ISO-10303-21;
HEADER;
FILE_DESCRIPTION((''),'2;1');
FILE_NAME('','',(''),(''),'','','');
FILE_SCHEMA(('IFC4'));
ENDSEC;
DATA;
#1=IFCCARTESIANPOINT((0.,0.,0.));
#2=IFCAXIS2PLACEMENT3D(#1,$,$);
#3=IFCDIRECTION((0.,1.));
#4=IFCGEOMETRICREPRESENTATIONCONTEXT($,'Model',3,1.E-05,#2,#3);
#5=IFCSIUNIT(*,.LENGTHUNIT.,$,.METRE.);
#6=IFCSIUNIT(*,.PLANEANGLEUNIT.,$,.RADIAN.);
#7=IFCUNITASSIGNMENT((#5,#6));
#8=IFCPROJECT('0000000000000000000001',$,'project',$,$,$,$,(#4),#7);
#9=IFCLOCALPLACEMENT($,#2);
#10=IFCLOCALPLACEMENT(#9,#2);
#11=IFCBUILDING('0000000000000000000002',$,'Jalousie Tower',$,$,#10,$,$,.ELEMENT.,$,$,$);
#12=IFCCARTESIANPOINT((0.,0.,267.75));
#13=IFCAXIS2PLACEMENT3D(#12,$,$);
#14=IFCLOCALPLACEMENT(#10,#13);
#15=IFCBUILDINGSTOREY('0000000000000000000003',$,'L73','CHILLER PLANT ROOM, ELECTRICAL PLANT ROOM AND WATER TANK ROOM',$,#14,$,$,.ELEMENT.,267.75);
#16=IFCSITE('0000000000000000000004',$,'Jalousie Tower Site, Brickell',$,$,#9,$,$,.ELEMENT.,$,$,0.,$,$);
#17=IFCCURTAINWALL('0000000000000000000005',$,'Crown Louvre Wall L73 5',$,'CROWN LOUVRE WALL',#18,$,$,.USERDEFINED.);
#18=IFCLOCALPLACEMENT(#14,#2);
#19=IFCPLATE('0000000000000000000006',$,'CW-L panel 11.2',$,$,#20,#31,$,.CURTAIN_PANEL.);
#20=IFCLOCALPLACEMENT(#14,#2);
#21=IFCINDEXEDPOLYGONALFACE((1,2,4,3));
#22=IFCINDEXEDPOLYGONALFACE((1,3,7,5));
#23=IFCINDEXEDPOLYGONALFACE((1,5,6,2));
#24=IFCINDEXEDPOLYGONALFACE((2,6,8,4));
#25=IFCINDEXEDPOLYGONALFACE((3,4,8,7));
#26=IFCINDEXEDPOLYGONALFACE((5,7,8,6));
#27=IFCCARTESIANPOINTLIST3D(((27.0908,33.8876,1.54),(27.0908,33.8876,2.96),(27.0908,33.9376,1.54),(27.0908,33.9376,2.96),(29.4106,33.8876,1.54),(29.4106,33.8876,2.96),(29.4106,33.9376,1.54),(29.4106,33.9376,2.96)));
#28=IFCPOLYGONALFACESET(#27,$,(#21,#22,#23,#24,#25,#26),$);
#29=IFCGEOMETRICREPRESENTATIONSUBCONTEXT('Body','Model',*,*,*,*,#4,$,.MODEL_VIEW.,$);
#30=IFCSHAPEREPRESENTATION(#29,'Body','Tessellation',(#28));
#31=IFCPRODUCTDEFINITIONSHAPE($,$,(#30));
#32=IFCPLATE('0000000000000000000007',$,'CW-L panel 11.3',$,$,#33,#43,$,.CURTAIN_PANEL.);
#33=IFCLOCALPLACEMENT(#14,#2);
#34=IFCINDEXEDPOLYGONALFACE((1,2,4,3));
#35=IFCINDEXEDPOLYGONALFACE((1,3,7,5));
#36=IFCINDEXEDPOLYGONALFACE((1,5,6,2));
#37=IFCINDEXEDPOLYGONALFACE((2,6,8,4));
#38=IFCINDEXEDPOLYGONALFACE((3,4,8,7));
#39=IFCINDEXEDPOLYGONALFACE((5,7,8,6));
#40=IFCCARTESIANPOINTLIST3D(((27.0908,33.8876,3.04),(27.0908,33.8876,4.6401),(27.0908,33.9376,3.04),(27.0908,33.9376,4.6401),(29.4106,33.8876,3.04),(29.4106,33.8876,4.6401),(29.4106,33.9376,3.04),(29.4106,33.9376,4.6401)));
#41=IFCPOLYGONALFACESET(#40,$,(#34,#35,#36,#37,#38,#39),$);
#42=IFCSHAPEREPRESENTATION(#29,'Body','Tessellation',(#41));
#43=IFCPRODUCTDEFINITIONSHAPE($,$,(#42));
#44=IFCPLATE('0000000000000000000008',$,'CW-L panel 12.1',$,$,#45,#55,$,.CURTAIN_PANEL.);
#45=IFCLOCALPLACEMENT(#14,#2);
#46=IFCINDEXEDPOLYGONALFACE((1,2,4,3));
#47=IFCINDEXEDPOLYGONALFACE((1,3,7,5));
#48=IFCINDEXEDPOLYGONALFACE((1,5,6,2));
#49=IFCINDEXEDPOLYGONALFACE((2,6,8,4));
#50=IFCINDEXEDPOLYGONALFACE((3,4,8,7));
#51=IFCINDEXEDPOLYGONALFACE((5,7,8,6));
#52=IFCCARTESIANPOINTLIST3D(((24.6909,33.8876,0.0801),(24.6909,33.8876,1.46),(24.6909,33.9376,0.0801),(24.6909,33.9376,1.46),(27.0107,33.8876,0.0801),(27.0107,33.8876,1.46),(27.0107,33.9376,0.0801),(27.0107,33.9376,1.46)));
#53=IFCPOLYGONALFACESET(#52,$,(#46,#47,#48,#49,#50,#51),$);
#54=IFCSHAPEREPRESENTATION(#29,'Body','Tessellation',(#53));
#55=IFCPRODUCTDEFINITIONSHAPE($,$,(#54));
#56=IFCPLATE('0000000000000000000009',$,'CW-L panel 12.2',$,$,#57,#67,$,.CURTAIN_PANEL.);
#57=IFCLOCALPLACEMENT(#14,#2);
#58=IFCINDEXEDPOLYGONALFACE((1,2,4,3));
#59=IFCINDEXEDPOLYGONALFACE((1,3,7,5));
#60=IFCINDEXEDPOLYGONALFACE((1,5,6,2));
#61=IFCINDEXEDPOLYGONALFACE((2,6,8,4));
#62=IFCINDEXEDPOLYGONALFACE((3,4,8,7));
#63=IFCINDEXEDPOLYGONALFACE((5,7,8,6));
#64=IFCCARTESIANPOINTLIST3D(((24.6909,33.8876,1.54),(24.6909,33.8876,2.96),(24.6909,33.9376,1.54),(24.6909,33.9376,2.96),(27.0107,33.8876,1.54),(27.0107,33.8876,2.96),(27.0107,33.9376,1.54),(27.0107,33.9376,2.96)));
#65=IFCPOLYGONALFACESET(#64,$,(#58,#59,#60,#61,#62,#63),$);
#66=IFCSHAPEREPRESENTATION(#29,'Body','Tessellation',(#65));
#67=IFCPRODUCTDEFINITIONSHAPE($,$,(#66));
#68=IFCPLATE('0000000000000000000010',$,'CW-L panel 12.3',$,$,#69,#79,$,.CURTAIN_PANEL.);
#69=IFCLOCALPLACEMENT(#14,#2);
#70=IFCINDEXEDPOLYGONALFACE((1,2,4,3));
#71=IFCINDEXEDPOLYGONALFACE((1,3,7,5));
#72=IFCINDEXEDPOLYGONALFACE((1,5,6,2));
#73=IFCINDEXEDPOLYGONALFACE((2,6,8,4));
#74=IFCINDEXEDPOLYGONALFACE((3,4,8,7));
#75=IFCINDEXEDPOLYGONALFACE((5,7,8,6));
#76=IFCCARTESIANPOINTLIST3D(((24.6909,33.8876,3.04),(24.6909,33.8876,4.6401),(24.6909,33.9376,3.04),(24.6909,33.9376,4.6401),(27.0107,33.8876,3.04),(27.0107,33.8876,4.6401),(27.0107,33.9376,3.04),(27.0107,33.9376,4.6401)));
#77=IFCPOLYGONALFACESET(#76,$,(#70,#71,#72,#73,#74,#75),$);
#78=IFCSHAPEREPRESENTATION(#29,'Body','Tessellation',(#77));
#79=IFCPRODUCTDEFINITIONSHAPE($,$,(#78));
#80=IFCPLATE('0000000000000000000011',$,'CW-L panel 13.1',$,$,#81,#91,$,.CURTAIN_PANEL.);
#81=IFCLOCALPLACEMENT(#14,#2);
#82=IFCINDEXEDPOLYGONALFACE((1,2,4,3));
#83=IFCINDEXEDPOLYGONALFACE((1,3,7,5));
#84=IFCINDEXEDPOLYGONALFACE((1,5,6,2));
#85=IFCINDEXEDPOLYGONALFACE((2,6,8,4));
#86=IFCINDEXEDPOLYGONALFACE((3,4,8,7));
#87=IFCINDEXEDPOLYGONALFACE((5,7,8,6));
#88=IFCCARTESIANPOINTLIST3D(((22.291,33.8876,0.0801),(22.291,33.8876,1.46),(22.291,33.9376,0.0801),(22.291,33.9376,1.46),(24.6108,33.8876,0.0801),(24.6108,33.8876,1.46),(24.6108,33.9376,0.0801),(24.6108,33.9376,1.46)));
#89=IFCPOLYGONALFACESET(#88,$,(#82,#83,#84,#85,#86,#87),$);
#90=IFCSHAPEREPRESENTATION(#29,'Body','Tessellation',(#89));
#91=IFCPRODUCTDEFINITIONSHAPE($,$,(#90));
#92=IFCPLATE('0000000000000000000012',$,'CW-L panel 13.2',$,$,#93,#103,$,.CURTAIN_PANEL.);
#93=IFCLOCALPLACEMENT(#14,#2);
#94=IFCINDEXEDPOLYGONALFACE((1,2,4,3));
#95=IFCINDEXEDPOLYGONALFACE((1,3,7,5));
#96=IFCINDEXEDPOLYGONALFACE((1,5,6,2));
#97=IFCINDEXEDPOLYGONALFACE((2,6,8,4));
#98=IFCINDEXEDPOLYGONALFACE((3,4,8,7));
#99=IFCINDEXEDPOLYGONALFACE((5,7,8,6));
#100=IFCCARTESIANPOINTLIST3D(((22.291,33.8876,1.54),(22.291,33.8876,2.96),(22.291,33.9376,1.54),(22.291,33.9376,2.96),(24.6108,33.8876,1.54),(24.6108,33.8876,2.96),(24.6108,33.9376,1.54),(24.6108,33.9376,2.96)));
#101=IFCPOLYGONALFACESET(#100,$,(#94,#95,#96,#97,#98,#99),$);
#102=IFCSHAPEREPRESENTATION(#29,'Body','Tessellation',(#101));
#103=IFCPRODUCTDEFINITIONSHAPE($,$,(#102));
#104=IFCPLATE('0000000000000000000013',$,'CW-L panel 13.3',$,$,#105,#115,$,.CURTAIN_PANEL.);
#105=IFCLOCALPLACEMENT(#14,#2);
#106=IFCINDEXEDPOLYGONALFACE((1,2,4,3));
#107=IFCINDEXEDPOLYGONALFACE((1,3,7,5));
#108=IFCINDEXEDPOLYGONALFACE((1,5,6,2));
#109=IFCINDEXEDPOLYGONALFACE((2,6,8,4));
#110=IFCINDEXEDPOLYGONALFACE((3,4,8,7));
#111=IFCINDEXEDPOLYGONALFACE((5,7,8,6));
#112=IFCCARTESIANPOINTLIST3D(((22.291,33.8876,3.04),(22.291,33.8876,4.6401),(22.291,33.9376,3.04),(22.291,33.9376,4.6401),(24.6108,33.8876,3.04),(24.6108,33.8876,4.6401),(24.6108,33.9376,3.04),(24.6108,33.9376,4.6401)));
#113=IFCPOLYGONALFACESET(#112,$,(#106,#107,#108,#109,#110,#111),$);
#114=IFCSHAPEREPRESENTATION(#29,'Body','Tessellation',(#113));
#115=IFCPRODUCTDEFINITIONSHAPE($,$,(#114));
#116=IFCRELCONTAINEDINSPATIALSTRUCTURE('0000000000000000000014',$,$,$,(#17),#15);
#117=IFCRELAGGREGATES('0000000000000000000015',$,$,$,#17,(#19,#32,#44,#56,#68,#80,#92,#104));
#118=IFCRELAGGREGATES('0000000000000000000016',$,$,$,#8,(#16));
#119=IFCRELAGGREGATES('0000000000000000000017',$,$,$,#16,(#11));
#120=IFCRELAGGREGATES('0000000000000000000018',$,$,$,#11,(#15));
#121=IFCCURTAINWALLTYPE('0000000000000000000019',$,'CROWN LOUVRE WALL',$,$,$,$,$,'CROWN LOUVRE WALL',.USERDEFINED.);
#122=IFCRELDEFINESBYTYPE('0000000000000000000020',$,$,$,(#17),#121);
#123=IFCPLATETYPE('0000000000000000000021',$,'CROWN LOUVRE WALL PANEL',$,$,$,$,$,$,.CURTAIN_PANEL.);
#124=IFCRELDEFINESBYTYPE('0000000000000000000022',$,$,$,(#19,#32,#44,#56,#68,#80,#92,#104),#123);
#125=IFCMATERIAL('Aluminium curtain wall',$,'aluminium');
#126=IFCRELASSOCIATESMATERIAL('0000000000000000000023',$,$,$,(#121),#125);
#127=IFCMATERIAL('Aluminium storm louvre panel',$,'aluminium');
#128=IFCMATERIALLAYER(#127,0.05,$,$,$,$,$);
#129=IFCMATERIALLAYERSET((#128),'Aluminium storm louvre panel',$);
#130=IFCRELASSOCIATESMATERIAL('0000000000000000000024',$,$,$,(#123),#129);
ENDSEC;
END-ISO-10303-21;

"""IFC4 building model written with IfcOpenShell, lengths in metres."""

from ifc_helpers import new_model, si_unit, direction, frame, origin, origin_2d, place, context, subcontext, project, spatial, rectangle, extrude, material, layer, layer_set, type_object, element, aggregate, save


model = new_model("IFC4")

# Units and contexts
model_context = context("Model", 3, precision=1e-05, world=origin(), true_north=direction((0.0, 1.0)))
body_context = subcontext(model_context, "Body", "Model", "MODEL_VIEW")
ifc_project = project(units=[si_unit("LENGTHUNIT", "METRE"), si_unit("PLANEANGLEUNIT", "RADIAN")], contexts=[model_context])

# Site, building, storey
site_placement = place(None, origin())
site = spatial("IfcSite", under=ifc_project, at=site_placement, Name="Jalousie Tower Site, Brickell", CompositionType="ELEMENT", RefElevation=0.0)
building_placement = place(site_placement, origin())
building = spatial("IfcBuilding", under=site, at=building_placement, Name="Jalousie Tower", CompositionType="ELEMENT")
storey_placement = place(building_placement, frame((0.0, 0.0, 267.75)))
storey = spatial("IfcBuildingStorey", under=building, at=storey_placement, Name="L73", Description="CHILLER PLANT ROOM, ELECTRICAL PLANT ROOM AND WATER TANK ROOM", CompositionType="ELEMENT", Elevation=267.75)

# Curtain wall, plates
ifc_material_1 = material(Name="Aluminium curtain wall", Category="aluminium")
curtain_wall_type = type_object("IfcCurtainWallType", Name="CROWN LOUVRE WALL", ElementType="CROWN LOUVRE WALL", PredefinedType="USERDEFINED", material=ifc_material_1)
curtain_wall_placement = place(storey_placement, origin())
curtain_wall = element("IfcCurtainWall", 1, at=curtain_wall_placement, inside=storey, type_object=curtain_wall_type, Name="Crown Louvre Wall L73 5", ObjectType="CROWN LOUVRE WALL", PredefinedType="USERDEFINED")
ifc_material_2 = material(Name="Aluminium storm louvre panel", Category="aluminium")
ifc_layer = layer(ifc_material_2, 0.05)
ifc_layer_set = layer_set([ifc_layer], Name="Aluminium storm louvre panel")
plate_type = type_object("IfcPlateType", Name="CROWN LOUVRE WALL PANEL", PredefinedType="CURTAIN_PANEL", material=ifc_layer_set)
plate_1_placement = place(storey_placement, frame((28.2507, 33.9126, 1.54), z_axis=(0.0, 0.0, 1.0), x_axis=(-1.0, 0.0, 0.0)))
plate_1 = element("IfcPlate", 2, at=plate_1_placement, type_object=plate_type, Name="CW-L panel 11.2", PredefinedType="CURTAIN_PANEL", context=body_context, shape_type="SweptSolid", body=[
    extrude(rectangle(XDim=2.3198, YDim=0.05, at=origin_2d()), origin(), (0.0, 0.0, 1.0), 1.4199),
])
plate_2_placement = place(storey_placement, frame((28.2507, 33.9126, 3.04), z_axis=(0.0, 0.0, 1.0), x_axis=(-1.0, 0.0, 0.0)))
plate_2 = element("IfcPlate", 3, at=plate_2_placement, type_object=plate_type, Name="CW-L panel 11.3", PredefinedType="CURTAIN_PANEL", context=body_context, shape_type="SweptSolid", body=[
    extrude(rectangle(XDim=2.3198, YDim=0.05, at=origin_2d()), origin(), (0.0, 0.0, 1.0), 1.6001),
])
plate_3_placement = place(storey_placement, frame((25.8508, 33.9126, 0.0801), z_axis=(0.0, 0.0, 1.0), x_axis=(-1.0, 0.0, 0.0)))
plate_3 = element("IfcPlate", 4, at=plate_3_placement, type_object=plate_type, Name="CW-L panel 12.1", PredefinedType="CURTAIN_PANEL", context=body_context, shape_type="SweptSolid", body=[
    extrude(rectangle(XDim=2.3198, YDim=0.05, at=origin_2d()), origin(), (0.0, 0.0, 1.0), 1.3799),
])
plate_4_placement = place(storey_placement, frame((25.8508, 33.9126, 1.54), z_axis=(0.0, 0.0, 1.0), x_axis=(-1.0, 0.0, 0.0)))
plate_4 = element("IfcPlate", 5, at=plate_4_placement, type_object=plate_type, Name="CW-L panel 12.2", PredefinedType="CURTAIN_PANEL", context=body_context, shape_type="SweptSolid", body=[
    extrude(rectangle(XDim=2.3198, YDim=0.05, at=origin_2d()), origin(), (0.0, 0.0, 1.0), 1.4199),
])
plate_5_placement = place(storey_placement, frame((25.8508, 33.9126, 3.04), z_axis=(0.0, 0.0, 1.0), x_axis=(-1.0, 0.0, 0.0)))
plate_5 = element("IfcPlate", 6, at=plate_5_placement, type_object=plate_type, Name="CW-L panel 12.3", PredefinedType="CURTAIN_PANEL", context=body_context, shape_type="SweptSolid", body=[
    extrude(rectangle(XDim=2.3198, YDim=0.05, at=origin_2d()), origin(), (0.0, 0.0, 1.0), 1.6001),
])
plate_6_placement = place(storey_placement, frame((23.4509, 33.9126, 0.0801), z_axis=(0.0, 0.0, 1.0), x_axis=(-1.0, 0.0, 0.0)))
plate_6 = element("IfcPlate", 7, at=plate_6_placement, type_object=plate_type, Name="CW-L panel 13.1", PredefinedType="CURTAIN_PANEL", context=body_context, shape_type="SweptSolid", body=[
    extrude(rectangle(XDim=2.3198, YDim=0.05, at=origin_2d()), origin(), (0.0, 0.0, 1.0), 1.3799),
])
plate_7_placement = place(storey_placement, frame((23.4509, 33.9126, 1.54), z_axis=(0.0, 0.0, 1.0), x_axis=(-1.0, 0.0, 0.0)))
plate_7 = element("IfcPlate", 8, at=plate_7_placement, type_object=plate_type, Name="CW-L panel 13.2", PredefinedType="CURTAIN_PANEL", context=body_context, shape_type="SweptSolid", body=[
    extrude(rectangle(XDim=2.3198, YDim=0.05, at=origin_2d()), origin(), (0.0, 0.0, 1.0), 1.4199),
])
plate_8_placement = place(storey_placement, frame((23.4509, 33.9126, 3.04), z_axis=(0.0, 0.0, 1.0), x_axis=(-1.0, 0.0, 0.0)))
plate_8 = element("IfcPlate", 9, at=plate_8_placement, type_object=plate_type, Name="CW-L panel 13.3", PredefinedType="CURTAIN_PANEL", context=body_context, shape_type="SweptSolid", body=[
    extrude(rectangle(XDim=2.3198, YDim=0.05, at=origin_2d()), origin(), (0.0, 0.0, 1.0), 1.6001),
])
aggregate(curtain_wall, [plate_1, plate_2, plate_3, plate_4, plate_5, plate_6, plate_7, plate_8])

save(model, "model.ifc")
